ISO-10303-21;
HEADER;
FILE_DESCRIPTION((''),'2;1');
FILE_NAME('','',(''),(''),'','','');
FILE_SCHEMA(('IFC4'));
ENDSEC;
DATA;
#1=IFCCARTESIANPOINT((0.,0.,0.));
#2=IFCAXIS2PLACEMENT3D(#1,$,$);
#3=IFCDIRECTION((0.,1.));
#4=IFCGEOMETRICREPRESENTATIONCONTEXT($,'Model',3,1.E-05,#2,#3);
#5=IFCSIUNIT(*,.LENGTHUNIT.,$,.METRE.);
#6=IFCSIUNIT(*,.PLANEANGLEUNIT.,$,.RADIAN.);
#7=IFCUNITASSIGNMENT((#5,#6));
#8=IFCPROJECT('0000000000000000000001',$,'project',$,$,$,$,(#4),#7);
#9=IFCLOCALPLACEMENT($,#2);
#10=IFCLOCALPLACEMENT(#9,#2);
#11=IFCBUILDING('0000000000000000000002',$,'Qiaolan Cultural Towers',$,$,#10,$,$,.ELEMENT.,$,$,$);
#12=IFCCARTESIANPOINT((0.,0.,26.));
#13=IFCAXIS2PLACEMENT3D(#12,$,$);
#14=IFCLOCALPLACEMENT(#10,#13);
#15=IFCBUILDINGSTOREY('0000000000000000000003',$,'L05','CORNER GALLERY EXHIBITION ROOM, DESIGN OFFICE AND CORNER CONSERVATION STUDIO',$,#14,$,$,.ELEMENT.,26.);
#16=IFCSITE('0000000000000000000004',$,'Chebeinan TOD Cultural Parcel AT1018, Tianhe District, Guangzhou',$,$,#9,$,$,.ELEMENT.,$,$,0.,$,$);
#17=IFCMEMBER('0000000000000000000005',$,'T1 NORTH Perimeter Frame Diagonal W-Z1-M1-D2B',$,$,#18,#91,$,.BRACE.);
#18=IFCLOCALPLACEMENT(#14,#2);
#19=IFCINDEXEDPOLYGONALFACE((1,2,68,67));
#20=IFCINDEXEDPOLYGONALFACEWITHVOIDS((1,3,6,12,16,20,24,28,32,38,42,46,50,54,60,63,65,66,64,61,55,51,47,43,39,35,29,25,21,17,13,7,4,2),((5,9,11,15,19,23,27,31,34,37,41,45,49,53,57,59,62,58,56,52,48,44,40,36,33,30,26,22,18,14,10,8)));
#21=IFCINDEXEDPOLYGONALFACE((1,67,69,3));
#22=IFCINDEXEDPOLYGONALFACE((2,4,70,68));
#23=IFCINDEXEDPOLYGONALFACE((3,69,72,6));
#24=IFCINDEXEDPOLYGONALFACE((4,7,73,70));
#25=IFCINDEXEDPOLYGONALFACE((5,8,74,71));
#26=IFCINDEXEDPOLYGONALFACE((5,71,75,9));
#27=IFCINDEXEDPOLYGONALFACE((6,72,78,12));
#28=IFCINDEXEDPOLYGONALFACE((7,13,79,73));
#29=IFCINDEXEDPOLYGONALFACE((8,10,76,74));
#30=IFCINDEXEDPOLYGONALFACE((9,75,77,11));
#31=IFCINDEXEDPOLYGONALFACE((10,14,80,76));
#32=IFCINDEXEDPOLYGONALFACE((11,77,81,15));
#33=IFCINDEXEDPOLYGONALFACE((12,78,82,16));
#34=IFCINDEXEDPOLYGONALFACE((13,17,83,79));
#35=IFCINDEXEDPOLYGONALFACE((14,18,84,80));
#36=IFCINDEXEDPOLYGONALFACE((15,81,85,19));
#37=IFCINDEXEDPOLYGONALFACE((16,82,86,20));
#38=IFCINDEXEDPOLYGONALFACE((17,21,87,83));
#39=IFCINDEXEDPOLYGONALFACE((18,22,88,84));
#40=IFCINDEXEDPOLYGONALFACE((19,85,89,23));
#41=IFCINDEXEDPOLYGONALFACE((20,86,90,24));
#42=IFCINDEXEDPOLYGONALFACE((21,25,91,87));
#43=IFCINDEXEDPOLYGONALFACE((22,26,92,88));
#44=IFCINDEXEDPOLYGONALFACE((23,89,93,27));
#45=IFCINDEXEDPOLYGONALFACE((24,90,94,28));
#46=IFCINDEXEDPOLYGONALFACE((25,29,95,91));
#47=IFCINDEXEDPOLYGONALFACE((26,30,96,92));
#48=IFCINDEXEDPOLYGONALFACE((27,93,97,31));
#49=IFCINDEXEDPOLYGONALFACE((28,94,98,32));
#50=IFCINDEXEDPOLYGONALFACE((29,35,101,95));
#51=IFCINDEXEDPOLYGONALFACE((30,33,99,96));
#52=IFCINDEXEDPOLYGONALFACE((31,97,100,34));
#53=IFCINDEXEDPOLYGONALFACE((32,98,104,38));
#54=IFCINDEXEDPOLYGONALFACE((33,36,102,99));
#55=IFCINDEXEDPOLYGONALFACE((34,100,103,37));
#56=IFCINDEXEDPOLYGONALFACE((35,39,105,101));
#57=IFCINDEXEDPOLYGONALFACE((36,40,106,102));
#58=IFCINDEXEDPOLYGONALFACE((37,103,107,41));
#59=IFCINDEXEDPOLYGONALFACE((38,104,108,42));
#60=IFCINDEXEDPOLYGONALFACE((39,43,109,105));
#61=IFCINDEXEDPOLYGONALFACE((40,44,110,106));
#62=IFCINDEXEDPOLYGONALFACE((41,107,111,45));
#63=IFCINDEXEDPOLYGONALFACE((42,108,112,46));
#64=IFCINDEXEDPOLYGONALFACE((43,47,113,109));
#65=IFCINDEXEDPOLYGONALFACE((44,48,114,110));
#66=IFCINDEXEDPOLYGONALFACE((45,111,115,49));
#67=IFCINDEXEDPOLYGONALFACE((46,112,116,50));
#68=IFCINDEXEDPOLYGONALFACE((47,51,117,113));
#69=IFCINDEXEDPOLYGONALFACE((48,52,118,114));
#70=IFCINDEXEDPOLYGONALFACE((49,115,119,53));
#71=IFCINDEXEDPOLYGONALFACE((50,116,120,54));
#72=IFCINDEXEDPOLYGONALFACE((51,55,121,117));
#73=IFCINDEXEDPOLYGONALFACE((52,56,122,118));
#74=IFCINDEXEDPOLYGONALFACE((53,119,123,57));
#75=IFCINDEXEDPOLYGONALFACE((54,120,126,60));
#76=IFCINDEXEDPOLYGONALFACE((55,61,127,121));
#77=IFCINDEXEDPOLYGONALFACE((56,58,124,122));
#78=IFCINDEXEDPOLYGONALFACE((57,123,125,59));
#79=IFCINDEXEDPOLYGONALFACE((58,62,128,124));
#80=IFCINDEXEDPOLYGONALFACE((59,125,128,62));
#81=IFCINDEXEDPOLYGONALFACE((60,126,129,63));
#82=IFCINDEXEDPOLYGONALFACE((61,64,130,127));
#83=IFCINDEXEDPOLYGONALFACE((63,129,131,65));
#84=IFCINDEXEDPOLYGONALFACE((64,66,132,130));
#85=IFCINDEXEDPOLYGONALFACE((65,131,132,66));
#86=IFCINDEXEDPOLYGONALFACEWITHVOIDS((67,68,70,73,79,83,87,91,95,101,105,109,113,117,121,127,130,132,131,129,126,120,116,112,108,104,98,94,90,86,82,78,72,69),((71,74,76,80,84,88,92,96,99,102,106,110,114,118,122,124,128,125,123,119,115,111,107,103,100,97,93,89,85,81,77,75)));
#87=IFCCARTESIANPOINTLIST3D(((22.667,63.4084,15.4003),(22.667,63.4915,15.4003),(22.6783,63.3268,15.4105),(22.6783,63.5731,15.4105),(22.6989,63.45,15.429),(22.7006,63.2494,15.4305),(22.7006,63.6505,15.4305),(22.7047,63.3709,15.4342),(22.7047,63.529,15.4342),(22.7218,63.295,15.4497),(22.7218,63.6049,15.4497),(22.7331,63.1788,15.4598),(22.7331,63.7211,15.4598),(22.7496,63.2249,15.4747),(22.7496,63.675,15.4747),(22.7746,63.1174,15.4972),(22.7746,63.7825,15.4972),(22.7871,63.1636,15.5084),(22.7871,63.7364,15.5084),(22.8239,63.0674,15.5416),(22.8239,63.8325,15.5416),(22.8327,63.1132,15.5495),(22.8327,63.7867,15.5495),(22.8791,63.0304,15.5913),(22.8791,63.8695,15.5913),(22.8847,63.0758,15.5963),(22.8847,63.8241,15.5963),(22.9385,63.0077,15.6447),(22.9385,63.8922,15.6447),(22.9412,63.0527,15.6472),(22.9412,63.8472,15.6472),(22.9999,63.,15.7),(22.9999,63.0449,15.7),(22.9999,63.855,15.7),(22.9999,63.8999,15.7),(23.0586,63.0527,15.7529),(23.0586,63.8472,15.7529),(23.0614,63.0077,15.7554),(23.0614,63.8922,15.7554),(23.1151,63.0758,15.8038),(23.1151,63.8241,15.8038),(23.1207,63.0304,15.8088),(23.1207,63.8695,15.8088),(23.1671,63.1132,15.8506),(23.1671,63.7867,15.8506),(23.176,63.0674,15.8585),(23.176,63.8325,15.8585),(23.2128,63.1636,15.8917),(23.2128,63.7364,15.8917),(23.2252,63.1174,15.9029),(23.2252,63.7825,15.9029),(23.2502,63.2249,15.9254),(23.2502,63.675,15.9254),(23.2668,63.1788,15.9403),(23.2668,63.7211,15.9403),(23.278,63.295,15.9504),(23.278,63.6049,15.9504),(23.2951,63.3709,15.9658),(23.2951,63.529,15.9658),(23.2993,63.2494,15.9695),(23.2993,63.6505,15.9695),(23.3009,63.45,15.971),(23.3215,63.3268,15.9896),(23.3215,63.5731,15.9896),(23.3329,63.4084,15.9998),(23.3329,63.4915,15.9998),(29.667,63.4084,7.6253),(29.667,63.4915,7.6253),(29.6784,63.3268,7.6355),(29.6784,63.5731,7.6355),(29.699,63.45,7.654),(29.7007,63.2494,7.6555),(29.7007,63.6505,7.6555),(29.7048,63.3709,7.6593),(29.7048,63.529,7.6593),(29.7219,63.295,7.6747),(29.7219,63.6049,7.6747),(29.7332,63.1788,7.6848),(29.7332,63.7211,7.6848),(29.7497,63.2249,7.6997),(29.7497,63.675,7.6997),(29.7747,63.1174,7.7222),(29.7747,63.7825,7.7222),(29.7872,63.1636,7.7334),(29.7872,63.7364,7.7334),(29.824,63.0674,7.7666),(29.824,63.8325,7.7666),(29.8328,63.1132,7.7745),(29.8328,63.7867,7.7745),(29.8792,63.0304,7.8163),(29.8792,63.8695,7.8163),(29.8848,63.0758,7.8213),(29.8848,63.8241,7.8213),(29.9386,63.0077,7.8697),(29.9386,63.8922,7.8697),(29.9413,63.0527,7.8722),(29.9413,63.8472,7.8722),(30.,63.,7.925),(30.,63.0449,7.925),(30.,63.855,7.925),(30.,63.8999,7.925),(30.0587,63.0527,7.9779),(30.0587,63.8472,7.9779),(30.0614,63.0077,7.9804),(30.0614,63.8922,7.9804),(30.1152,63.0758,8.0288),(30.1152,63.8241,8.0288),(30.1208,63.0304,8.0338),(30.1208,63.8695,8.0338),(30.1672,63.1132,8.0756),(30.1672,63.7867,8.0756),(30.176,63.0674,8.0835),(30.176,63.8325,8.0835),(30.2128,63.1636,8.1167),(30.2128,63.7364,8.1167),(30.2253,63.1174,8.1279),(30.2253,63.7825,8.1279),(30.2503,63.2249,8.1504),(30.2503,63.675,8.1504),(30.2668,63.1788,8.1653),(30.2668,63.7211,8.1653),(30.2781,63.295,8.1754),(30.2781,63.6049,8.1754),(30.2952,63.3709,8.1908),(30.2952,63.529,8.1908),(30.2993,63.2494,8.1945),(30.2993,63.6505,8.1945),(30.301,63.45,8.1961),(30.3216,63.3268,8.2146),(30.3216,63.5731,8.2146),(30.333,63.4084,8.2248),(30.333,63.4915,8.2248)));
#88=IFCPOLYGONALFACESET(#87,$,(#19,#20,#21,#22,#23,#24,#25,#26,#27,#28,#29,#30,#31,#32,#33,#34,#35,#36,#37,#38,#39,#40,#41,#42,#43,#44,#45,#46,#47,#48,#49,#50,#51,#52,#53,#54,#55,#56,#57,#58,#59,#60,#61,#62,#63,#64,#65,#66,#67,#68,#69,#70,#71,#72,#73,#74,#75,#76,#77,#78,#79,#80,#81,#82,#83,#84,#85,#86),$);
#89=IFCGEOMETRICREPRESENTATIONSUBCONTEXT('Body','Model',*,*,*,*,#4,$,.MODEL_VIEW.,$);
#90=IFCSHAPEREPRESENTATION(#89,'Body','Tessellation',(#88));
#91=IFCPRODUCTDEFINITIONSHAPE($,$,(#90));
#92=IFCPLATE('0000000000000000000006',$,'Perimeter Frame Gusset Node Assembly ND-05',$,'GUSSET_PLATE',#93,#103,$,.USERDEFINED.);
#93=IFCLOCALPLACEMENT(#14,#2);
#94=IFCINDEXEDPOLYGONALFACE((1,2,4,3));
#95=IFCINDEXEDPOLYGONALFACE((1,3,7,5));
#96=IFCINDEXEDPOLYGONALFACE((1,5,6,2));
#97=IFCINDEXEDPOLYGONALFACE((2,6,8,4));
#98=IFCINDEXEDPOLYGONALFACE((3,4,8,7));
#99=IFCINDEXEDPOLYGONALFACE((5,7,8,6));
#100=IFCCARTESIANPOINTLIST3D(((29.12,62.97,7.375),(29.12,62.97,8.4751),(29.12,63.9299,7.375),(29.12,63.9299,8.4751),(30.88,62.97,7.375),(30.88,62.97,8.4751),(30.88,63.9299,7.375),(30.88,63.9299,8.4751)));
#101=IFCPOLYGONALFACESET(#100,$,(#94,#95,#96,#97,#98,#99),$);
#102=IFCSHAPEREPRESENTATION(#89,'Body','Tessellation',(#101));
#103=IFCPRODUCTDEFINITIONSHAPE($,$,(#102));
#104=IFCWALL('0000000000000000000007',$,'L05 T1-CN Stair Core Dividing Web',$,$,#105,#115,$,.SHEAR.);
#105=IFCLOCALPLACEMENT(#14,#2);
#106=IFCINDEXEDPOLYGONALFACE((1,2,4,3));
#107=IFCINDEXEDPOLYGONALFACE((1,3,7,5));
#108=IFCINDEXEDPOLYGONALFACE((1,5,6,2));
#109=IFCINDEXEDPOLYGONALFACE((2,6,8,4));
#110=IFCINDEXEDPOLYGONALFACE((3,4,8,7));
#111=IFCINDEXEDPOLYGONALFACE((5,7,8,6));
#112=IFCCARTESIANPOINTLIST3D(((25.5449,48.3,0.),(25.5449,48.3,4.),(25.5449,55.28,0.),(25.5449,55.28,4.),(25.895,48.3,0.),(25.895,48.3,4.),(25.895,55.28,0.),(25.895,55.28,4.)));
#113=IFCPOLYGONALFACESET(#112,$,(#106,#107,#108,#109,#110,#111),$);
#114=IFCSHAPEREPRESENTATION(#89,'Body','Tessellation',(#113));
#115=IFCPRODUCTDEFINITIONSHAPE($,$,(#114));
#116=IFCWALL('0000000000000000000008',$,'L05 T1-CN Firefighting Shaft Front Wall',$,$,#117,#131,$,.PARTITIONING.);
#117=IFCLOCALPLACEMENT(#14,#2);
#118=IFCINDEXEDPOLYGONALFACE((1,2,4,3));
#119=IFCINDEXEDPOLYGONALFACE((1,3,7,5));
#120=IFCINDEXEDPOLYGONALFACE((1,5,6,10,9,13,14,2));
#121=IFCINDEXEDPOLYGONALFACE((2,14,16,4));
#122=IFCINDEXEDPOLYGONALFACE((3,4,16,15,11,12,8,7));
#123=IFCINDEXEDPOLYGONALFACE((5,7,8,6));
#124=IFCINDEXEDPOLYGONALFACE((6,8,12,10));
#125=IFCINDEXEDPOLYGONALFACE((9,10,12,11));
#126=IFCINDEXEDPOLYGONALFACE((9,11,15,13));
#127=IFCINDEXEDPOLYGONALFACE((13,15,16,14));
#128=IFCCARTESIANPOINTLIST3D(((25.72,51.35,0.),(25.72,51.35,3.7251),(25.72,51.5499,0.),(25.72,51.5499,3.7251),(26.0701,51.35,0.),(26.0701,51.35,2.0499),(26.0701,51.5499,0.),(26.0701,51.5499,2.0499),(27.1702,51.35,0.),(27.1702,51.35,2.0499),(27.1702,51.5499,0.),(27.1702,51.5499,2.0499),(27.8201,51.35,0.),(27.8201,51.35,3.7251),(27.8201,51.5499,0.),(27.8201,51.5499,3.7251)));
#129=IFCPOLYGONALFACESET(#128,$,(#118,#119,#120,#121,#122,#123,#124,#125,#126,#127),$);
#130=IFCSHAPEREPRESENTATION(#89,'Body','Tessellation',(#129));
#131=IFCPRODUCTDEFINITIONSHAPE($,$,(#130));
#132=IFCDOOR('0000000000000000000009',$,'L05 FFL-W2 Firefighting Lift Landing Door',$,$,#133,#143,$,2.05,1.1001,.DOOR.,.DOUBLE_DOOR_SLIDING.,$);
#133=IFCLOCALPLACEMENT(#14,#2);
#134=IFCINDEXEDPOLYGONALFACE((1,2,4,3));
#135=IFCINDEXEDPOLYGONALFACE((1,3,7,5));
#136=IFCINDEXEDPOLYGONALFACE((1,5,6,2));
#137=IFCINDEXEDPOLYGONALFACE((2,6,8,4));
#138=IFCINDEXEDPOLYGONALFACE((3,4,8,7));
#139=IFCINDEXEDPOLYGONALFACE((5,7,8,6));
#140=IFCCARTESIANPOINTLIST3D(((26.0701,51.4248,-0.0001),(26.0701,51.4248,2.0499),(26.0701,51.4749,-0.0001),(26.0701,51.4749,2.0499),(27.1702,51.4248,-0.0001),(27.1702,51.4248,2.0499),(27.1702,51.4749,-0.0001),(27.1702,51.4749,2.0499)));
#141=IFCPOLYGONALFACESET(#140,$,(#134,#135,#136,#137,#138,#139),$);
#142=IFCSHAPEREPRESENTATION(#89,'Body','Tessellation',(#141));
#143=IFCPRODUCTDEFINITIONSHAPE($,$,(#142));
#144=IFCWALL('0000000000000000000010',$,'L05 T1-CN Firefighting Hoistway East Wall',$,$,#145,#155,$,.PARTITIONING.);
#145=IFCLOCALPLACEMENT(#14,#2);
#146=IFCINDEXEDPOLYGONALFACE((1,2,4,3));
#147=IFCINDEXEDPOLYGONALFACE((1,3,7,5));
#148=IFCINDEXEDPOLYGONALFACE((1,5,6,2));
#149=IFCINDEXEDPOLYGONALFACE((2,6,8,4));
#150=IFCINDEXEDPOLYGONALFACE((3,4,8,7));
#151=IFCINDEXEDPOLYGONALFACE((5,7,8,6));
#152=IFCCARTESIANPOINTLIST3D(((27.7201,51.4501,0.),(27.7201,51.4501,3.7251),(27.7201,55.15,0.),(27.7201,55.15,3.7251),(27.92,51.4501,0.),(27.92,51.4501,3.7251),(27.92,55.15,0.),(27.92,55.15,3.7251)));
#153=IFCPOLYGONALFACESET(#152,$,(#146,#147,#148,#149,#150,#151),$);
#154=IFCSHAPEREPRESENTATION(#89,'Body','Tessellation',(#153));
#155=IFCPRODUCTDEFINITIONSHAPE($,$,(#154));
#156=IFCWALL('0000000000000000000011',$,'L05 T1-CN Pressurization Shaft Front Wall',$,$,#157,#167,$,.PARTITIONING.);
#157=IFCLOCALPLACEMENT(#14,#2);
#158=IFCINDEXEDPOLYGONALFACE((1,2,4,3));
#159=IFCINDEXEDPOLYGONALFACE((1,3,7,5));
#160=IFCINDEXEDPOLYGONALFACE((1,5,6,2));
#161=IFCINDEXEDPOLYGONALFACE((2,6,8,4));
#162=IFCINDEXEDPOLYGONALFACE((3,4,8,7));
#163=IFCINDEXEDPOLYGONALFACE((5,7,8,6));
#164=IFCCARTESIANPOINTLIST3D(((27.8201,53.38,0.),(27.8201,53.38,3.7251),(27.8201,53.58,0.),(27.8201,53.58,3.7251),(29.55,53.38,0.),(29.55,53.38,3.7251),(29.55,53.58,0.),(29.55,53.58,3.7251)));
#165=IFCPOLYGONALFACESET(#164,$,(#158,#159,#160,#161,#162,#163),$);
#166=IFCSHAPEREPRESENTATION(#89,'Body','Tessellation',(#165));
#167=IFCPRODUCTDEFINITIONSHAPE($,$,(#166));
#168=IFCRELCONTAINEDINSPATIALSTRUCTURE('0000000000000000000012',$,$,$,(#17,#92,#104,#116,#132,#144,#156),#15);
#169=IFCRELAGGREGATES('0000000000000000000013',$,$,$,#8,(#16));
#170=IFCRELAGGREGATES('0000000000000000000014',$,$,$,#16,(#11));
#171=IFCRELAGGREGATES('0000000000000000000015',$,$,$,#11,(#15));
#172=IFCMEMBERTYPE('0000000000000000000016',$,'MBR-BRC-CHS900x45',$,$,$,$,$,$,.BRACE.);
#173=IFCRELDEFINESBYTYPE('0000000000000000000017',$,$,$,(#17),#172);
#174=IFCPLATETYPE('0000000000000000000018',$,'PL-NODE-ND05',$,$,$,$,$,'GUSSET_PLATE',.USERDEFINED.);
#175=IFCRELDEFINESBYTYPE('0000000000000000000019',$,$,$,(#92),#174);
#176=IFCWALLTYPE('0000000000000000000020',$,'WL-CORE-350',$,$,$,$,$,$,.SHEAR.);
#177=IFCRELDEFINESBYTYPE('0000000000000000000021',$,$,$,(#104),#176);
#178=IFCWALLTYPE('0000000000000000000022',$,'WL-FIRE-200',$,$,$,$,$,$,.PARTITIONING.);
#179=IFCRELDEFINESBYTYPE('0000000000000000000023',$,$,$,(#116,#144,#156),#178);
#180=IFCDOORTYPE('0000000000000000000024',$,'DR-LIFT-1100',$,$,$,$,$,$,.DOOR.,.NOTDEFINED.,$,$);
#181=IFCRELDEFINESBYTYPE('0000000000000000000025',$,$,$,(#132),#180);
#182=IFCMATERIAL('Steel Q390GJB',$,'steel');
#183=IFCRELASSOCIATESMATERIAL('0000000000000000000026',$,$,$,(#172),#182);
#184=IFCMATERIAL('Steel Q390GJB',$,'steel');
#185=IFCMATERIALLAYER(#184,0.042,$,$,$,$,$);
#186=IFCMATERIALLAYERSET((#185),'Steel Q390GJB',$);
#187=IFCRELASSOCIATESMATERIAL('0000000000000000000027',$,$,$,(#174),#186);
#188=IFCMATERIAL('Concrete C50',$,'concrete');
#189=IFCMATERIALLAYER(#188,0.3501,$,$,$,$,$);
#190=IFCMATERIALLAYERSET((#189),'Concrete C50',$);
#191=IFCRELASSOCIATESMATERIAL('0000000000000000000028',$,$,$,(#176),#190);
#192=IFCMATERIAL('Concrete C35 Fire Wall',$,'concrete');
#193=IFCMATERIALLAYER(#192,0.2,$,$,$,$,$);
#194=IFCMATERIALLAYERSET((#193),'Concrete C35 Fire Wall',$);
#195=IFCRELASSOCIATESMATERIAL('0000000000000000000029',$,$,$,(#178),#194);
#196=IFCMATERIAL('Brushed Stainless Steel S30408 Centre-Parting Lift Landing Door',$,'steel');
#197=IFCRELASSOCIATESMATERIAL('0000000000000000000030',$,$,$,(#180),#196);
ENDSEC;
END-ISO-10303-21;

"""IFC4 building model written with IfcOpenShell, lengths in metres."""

from ifc_helpers import new_model, si_unit, direction, frame, frame_2d, origin, origin_2d, place, context, subcontext, project, spatial, rectangle, hollow_circle, extrude, material, layer, layer_set, material_profile, profile_set, type_object, element, fill, save


model = new_model("IFC4")

# Units and contexts
model_context = context("Model", 3, precision=1e-05, world=origin(), true_north=direction((0.0, 1.0)))
body_context = subcontext(model_context, "Body", "Model", "MODEL_VIEW")
ifc_project = project(units=[si_unit("LENGTHUNIT", "METRE"), si_unit("PLANEANGLEUNIT", "RADIAN")], contexts=[model_context])

# Site, building, storey
site_placement = place(None, origin())
site = spatial("IfcSite", under=ifc_project, at=site_placement, Name="Chebeinan TOD Cultural Parcel AT1018, Tianhe District, Guangzhou", CompositionType="ELEMENT", RefElevation=0.0)
building_placement = place(site_placement, origin())
building = spatial("IfcBuilding", under=site, at=building_placement, Name="Qiaolan Cultural Towers", CompositionType="ELEMENT")
storey_placement = place(building_placement, frame((0.0, 0.0, 26.0)))
storey = spatial("IfcBuildingStorey", under=building, at=storey_placement, Name="L05", Description="CORNER GALLERY EXHIBITION ROOM, DESIGN OFFICE AND CORNER CONSERVATION STUDIO", CompositionType="ELEMENT", Elevation=26.0)

# Member
ifc_material_1 = material(Name="Steel Q390GJB", Category="steel")
ifc_material_profile_1 = material_profile(ifc_material_1, hollow_circle(Radius=0.45, WallThickness=0.0449, at=origin_2d()), Name="CHS900x45")
ifc_profile_set_1 = profile_set([ifc_material_profile_1], Name="Steel Q390GJB")
member_type = type_object("IfcMemberType", Name="MBR-BRC-CHS900x45", PredefinedType="BRACE", material=ifc_profile_set_1)
for number, where, z_axis, x_axis, name in (
    (1, (30.0, 63.45, 7.925), (-0.669101, 0.0, 0.743171), (0.0, -1.0, 0.0), "T1 NORTH Perimeter Frame Diagonal W-Z1-M1-D2B"),
):
    element("IfcMember", number, at=place(storey_placement, frame(where, z_axis=z_axis, x_axis=x_axis)), inside=storey, type_object=member_type, Name=name, PredefinedType="BRACE", context=body_context, shape_type="SweptSolid", body=[
        extrude(hollow_circle(Radius=0.45, WallThickness=0.0449, at=origin_2d()), origin(), (0.0, 0.0, 1.0), 10.4619),
    ])

# Plate
ifc_material_2 = material(Name="Steel Q390GJB", Category="steel")
ifc_layer_1 = layer(ifc_material_2, 0.042)
ifc_layer_set_1 = layer_set([ifc_layer_1], Name="Steel Q390GJB")
plate_type = type_object("IfcPlateType", Name="PL-NODE-ND05", ElementType="GUSSET_PLATE", PredefinedType="USERDEFINED", material=ifc_layer_set_1)
plate_placement = place(storey_placement, frame((30.0, 63.45, 7.375), z_axis=(0.0, 0.0, 1.0), x_axis=(1.0, 0.0, 0.0)))
element("IfcPlate", 2, at=plate_placement, inside=storey, type_object=plate_type, Name="Perimeter Frame Gusset Node Assembly ND-05", ObjectType="GUSSET_PLATE", PredefinedType="USERDEFINED", context=body_context, shape_type="SweptSolid", body=[
    extrude(rectangle(XDim=1.76, YDim=0.96, at=origin_2d()), origin(), (0.0, 0.0, 1.0), 1.1001),
])

# Wall
ifc_material_3 = material(Name="Concrete C50", Category="concrete")
ifc_layer_2 = layer(ifc_material_3, 0.3501)
ifc_layer_set_2 = layer_set([ifc_layer_2], Name="Concrete C50")
wall_type_1 = type_object("IfcWallType", Name="WL-CORE-350", PredefinedType="SHEAR", material=ifc_layer_set_2)
wall_1_placement = place(storey_placement, frame((25.72, 48.3, 0.0), z_axis=(0.0, 0.0, 1.0), x_axis=(0.0, 1.0, 0.0)))
element("IfcWall", 3, at=wall_1_placement, inside=storey, type_object=wall_type_1, Name="L05 T1-CN Stair Core Dividing Web", PredefinedType="SHEAR", context=body_context, shape_type="SweptSolid", body=[
    extrude(rectangle(XDim=6.98, YDim=0.3501, at=frame_2d((3.49, 0.0))), origin(), (0.0, 0.0, 1.0), 4.0),
])

# Wall, opening, door
ifc_material_4 = material(Name="Concrete C35 Fire Wall", Category="concrete")
ifc_layer_3 = layer(ifc_material_4, 0.2)
ifc_layer_set_3 = layer_set([ifc_layer_3], Name="Concrete C35 Fire Wall")
wall_type_2 = type_object("IfcWallType", Name="WL-FIRE-200", PredefinedType="PARTITIONING", material=ifc_layer_set_3)
wall_2_placement = place(storey_placement, frame((25.72, 51.45, 0.0), z_axis=(0.0, 0.0, 1.0), x_axis=(1.0, 0.0, 0.0)))
wall_2 = element("IfcWall", 4, at=wall_2_placement, inside=storey, type_object=wall_type_2, Name="L05 T1-CN Firefighting Shaft Front Wall", PredefinedType="PARTITIONING", context=body_context, shape_type="SweptSolid", body=[
    extrude(rectangle(XDim=2.1001, YDim=0.2, at=frame_2d((1.05, 0.0))), origin(), (0.0, 0.0, 1.0), 3.7251),
])
opening_1_placement = place(wall_2_placement, frame((0.3501, 0.0, 0.0)))
opening_1 = element("IfcOpeningElement", 5, at=opening_1_placement, cuts=wall_2, PredefinedType="OPENING", context=body_context, shape_type="SweptSolid", body=[
    extrude(rectangle(XDim=1.1001, YDim=2.05, at=frame_2d((0.55, 1.0249))), frame((0.0, 0.1099, 0.0), z_axis=(0.0, -1.0, 0.0), x_axis=(1.0, 0.0, 0.0)), (0.0, 0.0, 1.0), 0.22),
])
ifc_material_5 = material(Name="Brushed Stainless Steel S30408 Centre-Parting Lift Landing Door", Category="steel")
door_type = type_object("IfcDoorType", Name="DR-LIFT-1100", OperationType="NOTDEFINED", PredefinedType="DOOR", material=ifc_material_5)
door_1_placement = place(opening_1_placement, origin())
door_1 = element("IfcDoor", 6, at=door_1_placement, inside=storey, type_object=door_type, Name="L05 FFL-W2 Firefighting Lift Landing Door", OperationType="DOUBLE_DOOR_SLIDING", OverallHeight=2.05, OverallWidth=1.1001, PredefinedType="DOOR", context=body_context, shape_type="SweptSolid", body=[
    extrude(rectangle(XDim=1.1001, YDim=2.05, at=frame_2d((0.55, 1.0249))), frame((0.0, 0.0249, 0.0), z_axis=(0.0, -1.0, 0.0), x_axis=(1.0, 0.0, 0.0)), (0.0, 0.0, 1.0), 0.05),
])
fill(opening_1, door_1)

# Walls
wall_3_placement = place(storey_placement, frame((27.8201, 51.45, 0.0), z_axis=(0.0, 0.0, 1.0), x_axis=(0.0, 1.0, 0.0)))
element("IfcWall", 7, at=wall_3_placement, inside=storey, type_object=wall_type_2, Name="L05 T1-CN Firefighting Hoistway East Wall", PredefinedType="PARTITIONING", context=body_context, shape_type="SweptSolid", body=[
    extrude(rectangle(XDim=3.7, YDim=0.2, at=frame_2d((1.8501, 0.0))), origin(), (0.0, 0.0, 1.0), 3.7251),
])
wall_4_placement = place(storey_placement, frame((27.8201, 53.48, 0.0), z_axis=(0.0, 0.0, 1.0), x_axis=(1.0, 0.0, 0.0)))
element("IfcWall", 8, at=wall_4_placement, inside=storey, type_object=wall_type_2, Name="L05 T1-CN Pressurization Shaft Front Wall", PredefinedType="PARTITIONING", context=body_context, shape_type="SweptSolid", body=[
    extrude(rectangle(XDim=1.73, YDim=0.2, at=frame_2d((0.865, 0.0))), origin(), (0.0, 0.0, 1.0), 3.7251),
])

save(model, "model.ifc")
